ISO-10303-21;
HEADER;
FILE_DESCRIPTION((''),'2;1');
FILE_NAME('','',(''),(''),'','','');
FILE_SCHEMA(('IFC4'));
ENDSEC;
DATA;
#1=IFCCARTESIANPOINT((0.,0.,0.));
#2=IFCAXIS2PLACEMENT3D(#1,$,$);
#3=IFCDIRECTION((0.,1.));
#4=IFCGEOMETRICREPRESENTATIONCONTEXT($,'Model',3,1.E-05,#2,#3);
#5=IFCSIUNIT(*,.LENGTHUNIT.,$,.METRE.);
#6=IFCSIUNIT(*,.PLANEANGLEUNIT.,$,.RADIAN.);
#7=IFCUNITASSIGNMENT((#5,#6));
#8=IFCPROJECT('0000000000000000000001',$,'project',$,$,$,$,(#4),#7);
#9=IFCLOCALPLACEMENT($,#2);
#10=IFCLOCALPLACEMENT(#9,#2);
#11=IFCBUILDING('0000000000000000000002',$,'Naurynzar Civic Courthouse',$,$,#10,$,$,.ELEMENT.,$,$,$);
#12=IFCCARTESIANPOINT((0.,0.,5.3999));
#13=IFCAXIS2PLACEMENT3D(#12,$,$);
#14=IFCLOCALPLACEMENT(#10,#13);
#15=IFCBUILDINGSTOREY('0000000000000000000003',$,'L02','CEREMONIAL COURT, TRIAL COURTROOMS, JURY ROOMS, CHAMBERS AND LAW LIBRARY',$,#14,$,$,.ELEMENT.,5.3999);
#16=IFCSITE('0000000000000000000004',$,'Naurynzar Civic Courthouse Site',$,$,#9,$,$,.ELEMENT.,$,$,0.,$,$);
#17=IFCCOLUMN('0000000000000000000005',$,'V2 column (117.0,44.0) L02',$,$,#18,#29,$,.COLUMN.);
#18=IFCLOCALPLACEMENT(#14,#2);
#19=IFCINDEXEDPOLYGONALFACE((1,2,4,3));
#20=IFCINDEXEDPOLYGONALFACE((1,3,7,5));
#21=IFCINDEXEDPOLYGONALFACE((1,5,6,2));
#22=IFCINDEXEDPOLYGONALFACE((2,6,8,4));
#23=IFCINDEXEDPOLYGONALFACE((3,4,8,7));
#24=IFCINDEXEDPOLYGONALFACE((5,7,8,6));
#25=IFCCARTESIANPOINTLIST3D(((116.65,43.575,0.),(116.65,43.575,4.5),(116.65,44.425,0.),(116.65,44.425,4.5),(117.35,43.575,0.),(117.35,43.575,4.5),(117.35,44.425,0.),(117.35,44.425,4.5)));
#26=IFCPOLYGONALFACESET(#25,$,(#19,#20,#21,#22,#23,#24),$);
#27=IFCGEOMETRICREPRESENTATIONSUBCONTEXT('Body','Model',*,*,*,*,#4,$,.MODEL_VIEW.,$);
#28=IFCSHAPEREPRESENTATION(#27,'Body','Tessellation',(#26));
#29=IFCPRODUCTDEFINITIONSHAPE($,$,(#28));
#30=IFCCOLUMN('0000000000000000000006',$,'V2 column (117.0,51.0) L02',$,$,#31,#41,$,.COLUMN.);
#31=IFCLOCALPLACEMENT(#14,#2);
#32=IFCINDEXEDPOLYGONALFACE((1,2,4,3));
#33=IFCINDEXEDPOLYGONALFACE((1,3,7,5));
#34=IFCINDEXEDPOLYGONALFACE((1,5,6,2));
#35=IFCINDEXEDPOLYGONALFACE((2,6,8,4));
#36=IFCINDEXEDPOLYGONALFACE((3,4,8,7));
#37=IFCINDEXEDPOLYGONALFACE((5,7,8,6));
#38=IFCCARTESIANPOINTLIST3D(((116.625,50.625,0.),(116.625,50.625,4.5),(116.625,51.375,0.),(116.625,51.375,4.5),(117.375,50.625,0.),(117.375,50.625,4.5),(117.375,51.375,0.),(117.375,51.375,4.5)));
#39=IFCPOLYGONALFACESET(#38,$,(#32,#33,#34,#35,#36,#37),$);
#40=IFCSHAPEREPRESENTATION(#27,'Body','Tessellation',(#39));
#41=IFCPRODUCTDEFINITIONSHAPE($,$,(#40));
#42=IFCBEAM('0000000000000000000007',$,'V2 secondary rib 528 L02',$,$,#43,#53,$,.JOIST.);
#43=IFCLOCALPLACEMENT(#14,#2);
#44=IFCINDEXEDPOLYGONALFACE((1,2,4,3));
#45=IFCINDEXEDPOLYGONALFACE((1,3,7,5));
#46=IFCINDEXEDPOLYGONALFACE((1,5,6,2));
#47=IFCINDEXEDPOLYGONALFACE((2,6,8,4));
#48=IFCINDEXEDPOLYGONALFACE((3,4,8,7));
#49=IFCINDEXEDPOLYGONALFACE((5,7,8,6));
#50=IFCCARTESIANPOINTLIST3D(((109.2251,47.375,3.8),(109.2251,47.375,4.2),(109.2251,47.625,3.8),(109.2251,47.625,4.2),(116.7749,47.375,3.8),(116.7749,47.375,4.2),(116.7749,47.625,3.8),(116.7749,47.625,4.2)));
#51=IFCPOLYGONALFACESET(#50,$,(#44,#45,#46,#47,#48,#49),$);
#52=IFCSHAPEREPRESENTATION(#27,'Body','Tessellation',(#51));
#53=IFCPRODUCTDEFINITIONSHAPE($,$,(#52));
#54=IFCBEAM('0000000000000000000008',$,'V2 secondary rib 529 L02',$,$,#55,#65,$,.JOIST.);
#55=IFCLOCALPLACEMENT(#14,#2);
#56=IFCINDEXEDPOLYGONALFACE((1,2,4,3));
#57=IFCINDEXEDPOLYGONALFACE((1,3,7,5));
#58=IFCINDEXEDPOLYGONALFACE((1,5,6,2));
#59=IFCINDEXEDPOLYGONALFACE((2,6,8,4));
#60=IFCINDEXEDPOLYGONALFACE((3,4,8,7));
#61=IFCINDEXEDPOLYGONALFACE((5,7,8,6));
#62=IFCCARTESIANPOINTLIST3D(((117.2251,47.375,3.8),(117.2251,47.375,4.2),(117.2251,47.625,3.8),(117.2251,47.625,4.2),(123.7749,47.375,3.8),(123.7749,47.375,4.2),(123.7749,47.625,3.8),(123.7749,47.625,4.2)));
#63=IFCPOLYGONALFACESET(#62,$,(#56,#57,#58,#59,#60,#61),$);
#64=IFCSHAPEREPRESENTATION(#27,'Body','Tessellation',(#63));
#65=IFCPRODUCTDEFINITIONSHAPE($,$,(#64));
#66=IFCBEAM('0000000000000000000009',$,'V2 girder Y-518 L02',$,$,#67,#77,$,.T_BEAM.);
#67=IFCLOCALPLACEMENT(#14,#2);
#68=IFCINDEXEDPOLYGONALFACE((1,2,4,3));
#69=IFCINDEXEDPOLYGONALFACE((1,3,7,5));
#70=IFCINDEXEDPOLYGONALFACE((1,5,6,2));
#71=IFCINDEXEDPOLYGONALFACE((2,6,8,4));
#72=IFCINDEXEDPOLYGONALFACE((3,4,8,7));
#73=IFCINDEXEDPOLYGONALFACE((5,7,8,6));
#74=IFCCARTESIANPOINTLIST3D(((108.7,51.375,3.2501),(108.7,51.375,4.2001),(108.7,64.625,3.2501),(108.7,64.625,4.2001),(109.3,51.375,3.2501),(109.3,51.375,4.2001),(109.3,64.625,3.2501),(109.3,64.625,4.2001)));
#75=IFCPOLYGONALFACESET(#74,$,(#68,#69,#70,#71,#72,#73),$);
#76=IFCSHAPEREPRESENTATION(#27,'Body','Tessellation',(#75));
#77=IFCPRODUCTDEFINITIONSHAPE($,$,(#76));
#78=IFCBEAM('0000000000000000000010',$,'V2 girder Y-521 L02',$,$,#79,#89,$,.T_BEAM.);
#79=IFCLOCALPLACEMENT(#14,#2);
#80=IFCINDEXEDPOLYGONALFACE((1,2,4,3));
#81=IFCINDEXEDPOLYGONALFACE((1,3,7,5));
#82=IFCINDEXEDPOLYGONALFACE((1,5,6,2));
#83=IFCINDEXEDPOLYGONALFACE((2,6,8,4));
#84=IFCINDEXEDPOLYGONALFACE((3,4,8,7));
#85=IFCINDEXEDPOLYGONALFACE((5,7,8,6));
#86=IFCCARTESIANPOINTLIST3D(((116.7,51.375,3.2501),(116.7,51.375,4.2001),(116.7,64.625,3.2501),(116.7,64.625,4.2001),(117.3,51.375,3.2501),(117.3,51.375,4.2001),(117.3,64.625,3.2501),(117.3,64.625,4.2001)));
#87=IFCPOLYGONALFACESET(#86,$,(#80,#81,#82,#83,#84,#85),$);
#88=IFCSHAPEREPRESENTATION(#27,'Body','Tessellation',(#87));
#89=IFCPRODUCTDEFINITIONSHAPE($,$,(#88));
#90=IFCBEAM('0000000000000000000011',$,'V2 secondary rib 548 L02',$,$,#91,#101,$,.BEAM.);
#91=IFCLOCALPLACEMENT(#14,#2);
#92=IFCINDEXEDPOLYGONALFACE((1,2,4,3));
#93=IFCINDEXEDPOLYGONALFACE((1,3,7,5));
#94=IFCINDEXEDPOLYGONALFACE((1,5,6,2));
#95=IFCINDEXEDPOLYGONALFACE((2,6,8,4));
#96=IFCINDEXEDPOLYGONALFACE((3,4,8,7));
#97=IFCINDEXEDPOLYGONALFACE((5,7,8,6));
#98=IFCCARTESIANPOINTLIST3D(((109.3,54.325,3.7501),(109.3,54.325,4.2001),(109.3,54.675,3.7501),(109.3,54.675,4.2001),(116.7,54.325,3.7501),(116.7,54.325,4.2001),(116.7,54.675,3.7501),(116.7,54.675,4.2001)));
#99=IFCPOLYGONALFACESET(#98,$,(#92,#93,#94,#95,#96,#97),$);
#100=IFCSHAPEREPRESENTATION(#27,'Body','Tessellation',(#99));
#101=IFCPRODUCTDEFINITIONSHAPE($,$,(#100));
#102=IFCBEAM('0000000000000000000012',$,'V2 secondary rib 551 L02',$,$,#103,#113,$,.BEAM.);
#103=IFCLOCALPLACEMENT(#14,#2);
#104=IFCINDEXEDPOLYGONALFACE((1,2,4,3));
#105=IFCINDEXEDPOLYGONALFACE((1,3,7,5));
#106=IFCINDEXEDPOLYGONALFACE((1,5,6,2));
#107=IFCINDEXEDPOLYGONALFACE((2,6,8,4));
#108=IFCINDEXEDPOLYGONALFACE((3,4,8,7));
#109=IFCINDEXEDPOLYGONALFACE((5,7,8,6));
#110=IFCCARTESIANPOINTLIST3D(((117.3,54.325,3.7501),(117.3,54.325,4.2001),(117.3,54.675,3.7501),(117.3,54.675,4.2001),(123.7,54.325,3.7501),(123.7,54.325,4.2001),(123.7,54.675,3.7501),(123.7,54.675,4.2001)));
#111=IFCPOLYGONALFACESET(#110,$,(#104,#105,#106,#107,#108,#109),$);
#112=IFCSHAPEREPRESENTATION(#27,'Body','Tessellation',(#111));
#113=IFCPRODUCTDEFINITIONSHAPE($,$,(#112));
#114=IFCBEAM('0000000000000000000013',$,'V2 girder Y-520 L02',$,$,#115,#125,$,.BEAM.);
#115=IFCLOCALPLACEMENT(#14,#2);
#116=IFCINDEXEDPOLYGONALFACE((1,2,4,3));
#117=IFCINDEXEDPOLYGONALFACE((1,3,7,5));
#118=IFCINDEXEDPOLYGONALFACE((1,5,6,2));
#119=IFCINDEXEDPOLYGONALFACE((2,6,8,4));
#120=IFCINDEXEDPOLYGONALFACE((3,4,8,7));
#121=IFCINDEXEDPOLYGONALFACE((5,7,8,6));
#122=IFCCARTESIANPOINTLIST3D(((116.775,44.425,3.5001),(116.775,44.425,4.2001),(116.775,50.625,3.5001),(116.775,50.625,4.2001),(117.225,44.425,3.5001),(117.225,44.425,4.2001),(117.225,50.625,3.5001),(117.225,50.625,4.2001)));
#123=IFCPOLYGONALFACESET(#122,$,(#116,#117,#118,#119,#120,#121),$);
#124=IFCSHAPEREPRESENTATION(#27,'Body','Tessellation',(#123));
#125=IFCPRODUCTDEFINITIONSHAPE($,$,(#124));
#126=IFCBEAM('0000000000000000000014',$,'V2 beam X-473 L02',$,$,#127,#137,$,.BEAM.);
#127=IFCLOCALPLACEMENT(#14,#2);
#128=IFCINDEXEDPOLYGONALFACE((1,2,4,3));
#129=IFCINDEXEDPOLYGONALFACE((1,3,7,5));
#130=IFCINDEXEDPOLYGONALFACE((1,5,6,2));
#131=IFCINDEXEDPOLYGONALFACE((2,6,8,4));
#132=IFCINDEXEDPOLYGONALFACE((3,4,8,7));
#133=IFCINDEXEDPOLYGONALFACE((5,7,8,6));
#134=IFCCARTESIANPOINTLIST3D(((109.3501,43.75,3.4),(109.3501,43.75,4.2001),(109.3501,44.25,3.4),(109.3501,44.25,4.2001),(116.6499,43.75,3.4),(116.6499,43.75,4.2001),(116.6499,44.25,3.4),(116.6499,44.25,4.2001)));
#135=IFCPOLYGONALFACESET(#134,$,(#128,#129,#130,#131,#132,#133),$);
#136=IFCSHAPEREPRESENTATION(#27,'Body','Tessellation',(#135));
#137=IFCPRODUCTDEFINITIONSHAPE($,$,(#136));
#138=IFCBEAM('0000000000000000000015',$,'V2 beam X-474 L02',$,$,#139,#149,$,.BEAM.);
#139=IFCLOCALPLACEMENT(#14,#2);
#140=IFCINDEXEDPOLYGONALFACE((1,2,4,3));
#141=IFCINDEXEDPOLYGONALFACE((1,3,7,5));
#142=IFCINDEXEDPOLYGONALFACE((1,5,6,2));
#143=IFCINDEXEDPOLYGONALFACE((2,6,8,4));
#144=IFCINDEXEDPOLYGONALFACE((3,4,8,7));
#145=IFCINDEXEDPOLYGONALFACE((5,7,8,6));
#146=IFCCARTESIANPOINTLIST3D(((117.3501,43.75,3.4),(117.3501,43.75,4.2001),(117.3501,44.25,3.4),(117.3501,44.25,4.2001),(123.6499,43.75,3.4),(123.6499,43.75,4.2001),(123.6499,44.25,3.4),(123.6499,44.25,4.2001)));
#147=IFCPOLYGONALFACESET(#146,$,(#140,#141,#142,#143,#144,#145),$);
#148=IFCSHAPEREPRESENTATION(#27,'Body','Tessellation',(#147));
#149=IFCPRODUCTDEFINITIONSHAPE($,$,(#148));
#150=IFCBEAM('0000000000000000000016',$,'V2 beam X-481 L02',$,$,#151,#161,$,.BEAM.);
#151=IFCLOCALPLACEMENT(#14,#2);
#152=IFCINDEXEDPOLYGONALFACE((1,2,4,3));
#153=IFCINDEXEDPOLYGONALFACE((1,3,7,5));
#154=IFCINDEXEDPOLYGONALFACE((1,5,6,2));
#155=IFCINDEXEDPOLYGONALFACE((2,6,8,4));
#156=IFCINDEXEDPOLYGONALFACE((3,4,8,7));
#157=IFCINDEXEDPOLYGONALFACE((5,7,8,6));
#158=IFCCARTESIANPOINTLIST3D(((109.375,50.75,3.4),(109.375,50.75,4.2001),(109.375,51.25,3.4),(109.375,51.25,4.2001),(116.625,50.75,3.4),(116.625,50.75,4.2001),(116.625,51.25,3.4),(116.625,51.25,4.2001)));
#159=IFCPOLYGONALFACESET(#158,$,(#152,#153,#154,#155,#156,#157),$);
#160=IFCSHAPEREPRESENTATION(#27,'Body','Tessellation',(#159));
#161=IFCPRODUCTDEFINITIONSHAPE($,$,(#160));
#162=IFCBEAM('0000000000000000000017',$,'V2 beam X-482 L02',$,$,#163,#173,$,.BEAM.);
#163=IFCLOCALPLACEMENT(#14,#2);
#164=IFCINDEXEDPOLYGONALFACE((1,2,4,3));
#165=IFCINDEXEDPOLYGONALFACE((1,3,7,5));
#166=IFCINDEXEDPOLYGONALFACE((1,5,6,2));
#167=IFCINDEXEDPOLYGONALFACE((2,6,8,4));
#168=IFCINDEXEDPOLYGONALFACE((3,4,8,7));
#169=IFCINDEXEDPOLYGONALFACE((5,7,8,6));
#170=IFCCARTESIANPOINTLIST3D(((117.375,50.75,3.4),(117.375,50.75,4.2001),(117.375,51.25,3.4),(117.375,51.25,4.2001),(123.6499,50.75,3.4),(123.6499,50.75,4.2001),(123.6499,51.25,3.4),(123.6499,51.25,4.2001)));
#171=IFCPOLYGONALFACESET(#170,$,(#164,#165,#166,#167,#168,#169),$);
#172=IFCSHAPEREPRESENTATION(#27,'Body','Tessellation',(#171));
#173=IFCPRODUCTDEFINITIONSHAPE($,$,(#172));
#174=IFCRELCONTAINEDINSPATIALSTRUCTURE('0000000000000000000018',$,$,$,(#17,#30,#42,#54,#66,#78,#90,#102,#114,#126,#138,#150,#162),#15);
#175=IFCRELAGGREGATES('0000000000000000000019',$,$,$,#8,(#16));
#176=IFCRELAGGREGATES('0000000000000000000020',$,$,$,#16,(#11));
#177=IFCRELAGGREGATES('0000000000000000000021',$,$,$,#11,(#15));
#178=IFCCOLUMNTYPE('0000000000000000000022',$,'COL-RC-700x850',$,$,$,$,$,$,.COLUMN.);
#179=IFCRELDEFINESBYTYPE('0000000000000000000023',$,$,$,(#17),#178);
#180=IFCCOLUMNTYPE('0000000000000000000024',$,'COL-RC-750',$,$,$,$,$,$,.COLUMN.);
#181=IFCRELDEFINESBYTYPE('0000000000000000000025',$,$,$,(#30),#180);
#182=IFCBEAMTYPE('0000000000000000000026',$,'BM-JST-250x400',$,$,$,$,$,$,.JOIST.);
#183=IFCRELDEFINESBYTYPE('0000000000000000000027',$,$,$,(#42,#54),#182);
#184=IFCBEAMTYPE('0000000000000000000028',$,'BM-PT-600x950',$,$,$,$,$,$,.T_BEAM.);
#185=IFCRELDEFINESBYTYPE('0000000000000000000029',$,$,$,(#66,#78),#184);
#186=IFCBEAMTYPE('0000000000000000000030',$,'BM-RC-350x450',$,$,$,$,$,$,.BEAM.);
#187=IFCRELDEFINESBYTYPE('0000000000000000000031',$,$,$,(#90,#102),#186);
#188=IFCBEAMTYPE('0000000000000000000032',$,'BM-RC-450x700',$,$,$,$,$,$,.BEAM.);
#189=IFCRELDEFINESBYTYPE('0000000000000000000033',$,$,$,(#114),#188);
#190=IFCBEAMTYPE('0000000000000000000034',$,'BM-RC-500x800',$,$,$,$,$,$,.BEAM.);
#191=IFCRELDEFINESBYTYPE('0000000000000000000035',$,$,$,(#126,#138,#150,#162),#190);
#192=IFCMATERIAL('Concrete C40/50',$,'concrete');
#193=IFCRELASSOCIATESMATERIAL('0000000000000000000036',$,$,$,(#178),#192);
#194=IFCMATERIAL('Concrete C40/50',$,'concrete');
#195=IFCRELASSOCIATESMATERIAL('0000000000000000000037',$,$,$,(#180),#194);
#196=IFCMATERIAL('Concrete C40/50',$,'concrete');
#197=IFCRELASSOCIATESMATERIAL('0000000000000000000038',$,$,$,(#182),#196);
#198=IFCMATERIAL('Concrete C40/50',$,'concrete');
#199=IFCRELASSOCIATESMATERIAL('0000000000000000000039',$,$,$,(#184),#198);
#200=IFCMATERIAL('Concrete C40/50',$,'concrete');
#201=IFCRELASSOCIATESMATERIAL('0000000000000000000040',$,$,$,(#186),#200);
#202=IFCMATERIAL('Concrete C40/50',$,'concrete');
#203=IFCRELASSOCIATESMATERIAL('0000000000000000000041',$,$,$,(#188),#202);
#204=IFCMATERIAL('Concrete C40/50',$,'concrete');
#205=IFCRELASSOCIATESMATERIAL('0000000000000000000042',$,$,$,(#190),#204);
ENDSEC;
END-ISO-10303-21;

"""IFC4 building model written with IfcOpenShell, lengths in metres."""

from ifc_helpers import new_model, si_unit, direction, frame, origin, origin_2d, place, context, subcontext, project, spatial, rectangle, extrude, material, material_profile, profile_set, type_object, element, save


model = new_model("IFC4")

# Units and contexts
model_context = context("Model", 3, precision=1e-05, world=origin(), true_north=direction((0.0, 1.0)))
body_context = subcontext(model_context, "Body", "Model", "MODEL_VIEW")
ifc_project = project(units=[si_unit("LENGTHUNIT", "METRE"), si_unit("PLANEANGLEUNIT", "RADIAN")], contexts=[model_context])

# Site, building, storey
site_placement = place(None, origin())
site = spatial("IfcSite", under=ifc_project, at=site_placement, Name="Naurynzar Civic Courthouse Site", CompositionType="ELEMENT", RefElevation=0.0)
building_placement = place(site_placement, origin())
building = spatial("IfcBuilding", under=site, at=building_placement, Name="Naurynzar Civic Courthouse", CompositionType="ELEMENT")
storey_placement = place(building_placement, frame((0.0, 0.0, 5.3999)))
storey = spatial("IfcBuildingStorey", under=building, at=storey_placement, Name="L02", Description="CEREMONIAL COURT, TRIAL COURTROOMS, JURY ROOMS, CHAMBERS AND LAW LIBRARY", CompositionType="ELEMENT", Elevation=5.3999)

# Columns
ifc_material_1 = material(Name="Concrete C40/50", Category="concrete")
ifc_material_profile_1 = material_profile(ifc_material_1, rectangle(XDim=0.7, YDim=0.8501, at=origin_2d()), Name="RC 700x850")
ifc_profile_set_1 = profile_set([ifc_material_profile_1], Name="Concrete C40/50")
column_type_1 = type_object("IfcColumnType", Name="COL-RC-700x850", PredefinedType="COLUMN", material=ifc_profile_set_1)
column_1_placement = place(storey_placement, frame((117.0, 44.0, 0.0), z_axis=(0.0, 0.0, 1.0), x_axis=(1.0, 0.0, 0.0)))
element("IfcColumn", 1, at=column_1_placement, inside=storey, type_object=column_type_1, Name="V2 column (117.0,44.0) L02", PredefinedType="COLUMN", context=body_context, shape_type="SweptSolid", body=[
    extrude(rectangle(XDim=0.7, YDim=0.8501, at=origin_2d()), origin(), (0.0, 0.0, 1.0), 4.5),
])
ifc_material_2 = material(Name="Concrete C40/50", Category="concrete")
ifc_material_profile_2 = material_profile(ifc_material_2, rectangle(XDim=0.75, YDim=0.75, at=origin_2d()), Name="RC 750x750")
ifc_profile_set_2 = profile_set([ifc_material_profile_2], Name="Concrete C40/50")
column_type_2 = type_object("IfcColumnType", Name="COL-RC-750", PredefinedType="COLUMN", material=ifc_profile_set_2)
column_2_placement = place(storey_placement, frame((117.0, 51.0, 0.0), z_axis=(0.0, 0.0, 1.0), x_axis=(1.0, 0.0, 0.0)))
element("IfcColumn", 2, at=column_2_placement, inside=storey, type_object=column_type_2, Name="V2 column (117.0,51.0) L02", PredefinedType="COLUMN", context=body_context, shape_type="SweptSolid", body=[
    extrude(rectangle(XDim=0.75, YDim=0.75, at=origin_2d()), origin(), (0.0, 0.0, 1.0), 4.5),
])

# Beams
ifc_material_3 = material(Name="Concrete C40/50", Category="concrete")
ifc_material_profile_3 = material_profile(ifc_material_3, rectangle(XDim=0.25, YDim=0.3999, at=origin_2d()), Name="RCB 250x400")
ifc_profile_set_3 = profile_set([ifc_material_profile_3], Name="Concrete C40/50")
beam_type_1 = type_object("IfcBeamType", Name="BM-JST-250x400", PredefinedType="JOIST", material=ifc_profile_set_3)
beam_1_placement = place(storey_placement, frame((109.2251, 47.5, 4.0), z_axis=(1.0, 0.0, 0.0), x_axis=(0.0, 1.0, 0.0)))
element("IfcBeam", 3, at=beam_1_placement, inside=storey, type_object=beam_type_1, Name="V2 secondary rib 528 L02", PredefinedType="JOIST", context=body_context, shape_type="SweptSolid", body=[
    extrude(rectangle(XDim=0.25, YDim=0.3999, at=origin_2d()), origin(), (0.0, 0.0, 1.0), 7.5498),
])
beam_2_placement = place(storey_placement, frame((117.2251, 47.5, 4.0), z_axis=(1.0, 0.0, 0.0), x_axis=(0.0, 1.0, 0.0)))
element("IfcBeam", 4, at=beam_2_placement, inside=storey, type_object=beam_type_1, Name="V2 secondary rib 529 L02", PredefinedType="JOIST", context=body_context, shape_type="SweptSolid", body=[
    extrude(rectangle(XDim=0.25, YDim=0.3999, at=origin_2d()), origin(), (0.0, 0.0, 1.0), 6.5498),
])
ifc_material_4 = material(Name="Concrete C40/50", Category="concrete")
ifc_material_profile_4 = material_profile(ifc_material_4, rectangle(XDim=0.6001, YDim=0.95, at=origin_2d()), Name="PTB 600x950")
ifc_profile_set_4 = profile_set([ifc_material_profile_4], Name="Concrete C40/50")
beam_type_2 = type_object("IfcBeamType", Name="BM-PT-600x950", PredefinedType="T_BEAM", material=ifc_profile_set_4)
for number, where, z_axis, x_axis, name in (
    (5, (109.0, 51.375, 3.7251), (0.0, 1.0, 0.0), (-1.0, 0.0, 0.0), "V2 girder Y-518 L02"),
    (6, (117.0, 51.375, 3.7251), (0.0, 1.0, 0.0), (-1.0, 0.0, 0.0), "V2 girder Y-521 L02"),
):
    element("IfcBeam", number, at=place(storey_placement, frame(where, z_axis=z_axis, x_axis=x_axis)), inside=storey, type_object=beam_type_2, Name=name, PredefinedType="T_BEAM", context=body_context, shape_type="SweptSolid", body=[
        extrude(rectangle(XDim=0.6001, YDim=0.95, at=origin_2d()), origin(), (0.0, 0.0, 1.0), 13.25),
    ])
ifc_material_5 = material(Name="Concrete C40/50", Category="concrete")
ifc_material_profile_5 = material_profile(ifc_material_5, rectangle(XDim=0.3501, YDim=0.45, at=origin_2d()), Name="RCB 350x450")
ifc_profile_set_5 = profile_set([ifc_material_profile_5], Name="Concrete C40/50")
beam_type_3 = type_object("IfcBeamType", Name="BM-RC-350x450", PredefinedType="BEAM", material=ifc_profile_set_5)
beam_3_placement = place(storey_placement, frame((109.3, 54.5, 3.9751), z_axis=(1.0, 0.0, 0.0), x_axis=(0.0, 1.0, 0.0)))
element("IfcBeam", 7, at=beam_3_placement, inside=storey, type_object=beam_type_3, Name="V2 secondary rib 548 L02", PredefinedType="BEAM", context=body_context, shape_type="SweptSolid", body=[
    extrude(rectangle(XDim=0.3501, YDim=0.45, at=origin_2d()), origin(), (0.0, 0.0, 1.0), 7.3999),
])
beam_4_placement = place(storey_placement, frame((117.3, 54.5, 3.9751), z_axis=(1.0, 0.0, 0.0), x_axis=(0.0, 1.0, 0.0)))
element("IfcBeam", 8, at=beam_4_placement, inside=storey, type_object=beam_type_3, Name="V2 secondary rib 551 L02", PredefinedType="BEAM", context=body_context, shape_type="SweptSolid", body=[
    extrude(rectangle(XDim=0.3501, YDim=0.45, at=origin_2d()), origin(), (0.0, 0.0, 1.0), 6.3999),
])
ifc_material_6 = material(Name="Concrete C40/50", Category="concrete")
ifc_material_profile_6 = material_profile(ifc_material_6, rectangle(XDim=0.45, YDim=0.7, at=origin_2d()), Name="RCB 450x700")
ifc_profile_set_6 = profile_set([ifc_material_profile_6], Name="Concrete C40/50")
beam_type_4 = type_object("IfcBeamType", Name="BM-RC-450x700", PredefinedType="BEAM", material=ifc_profile_set_6)
beam_5_placement = place(storey_placement, frame((117.0, 44.425, 3.8501), z_axis=(0.0, 1.0, 0.0), x_axis=(-1.0, 0.0, 0.0)))
element("IfcBeam", 9, at=beam_5_placement, inside=storey, type_object=beam_type_4, Name="V2 girder Y-520 L02", PredefinedType="BEAM", context=body_context, shape_type="SweptSolid", body=[
    extrude(rectangle(XDim=0.45, YDim=0.7, at=origin_2d()), origin(), (0.0, 0.0, 1.0), 6.2),
])
ifc_material_7 = material(Name="Concrete C40/50", Category="concrete")
ifc_material_profile_7 = material_profile(ifc_material_7, rectangle(XDim=0.5, YDim=0.8, at=origin_2d()), Name="RCB 500x800")
ifc_profile_set_7 = profile_set([ifc_material_profile_7], Name="Concrete C40/50")
beam_type_5 = type_object("IfcBeamType", Name="BM-RC-500x800", PredefinedType="BEAM", material=ifc_profile_set_7)
beam_6_placement = place(storey_placement, frame((109.3501, 44.0, 3.8), z_axis=(1.0, 0.0, 0.0), x_axis=(0.0, 1.0, 0.0)))
element("IfcBeam", 10, at=beam_6_placement, inside=storey, type_object=beam_type_5, Name="V2 beam X-473 L02", PredefinedType="BEAM", context=body_context, shape_type="SweptSolid", body=[
    extrude(rectangle(XDim=0.5, YDim=0.8, at=origin_2d()), origin(), (0.0, 0.0, 1.0), 7.2998),
])
beam_7_placement = place(storey_placement, frame((117.3501, 44.0, 3.8), z_axis=(1.0, 0.0, 0.0), x_axis=(0.0, 1.0, 0.0)))
element("IfcBeam", 11, at=beam_7_placement, inside=storey, type_object=beam_type_5, Name="V2 beam X-474 L02", PredefinedType="BEAM", context=body_context, shape_type="SweptSolid", body=[
    extrude(rectangle(XDim=0.5, YDim=0.8, at=origin_2d()), origin(), (0.0, 0.0, 1.0), 6.2998),
])
beam_8_placement = place(storey_placement, frame((109.375, 51.0, 3.8), z_axis=(1.0, 0.0, 0.0), x_axis=(0.0, 1.0, 0.0)))
element("IfcBeam", 12, at=beam_8_placement, inside=storey, type_object=beam_type_5, Name="V2 beam X-481 L02", PredefinedType="BEAM", context=body_context, shape_type="SweptSolid", body=[
    extrude(rectangle(XDim=0.5, YDim=0.8, at=origin_2d()), origin(), (0.0, 0.0, 1.0), 7.25),
])
beam_9_placement = place(storey_placement, frame((117.375, 51.0, 3.8), z_axis=(1.0, 0.0, 0.0), x_axis=(0.0, 1.0, 0.0)))
element("IfcBeam", 13, at=beam_9_placement, inside=storey, type_object=beam_type_5, Name="V2 beam X-482 L02", PredefinedType="BEAM", context=body_context, shape_type="SweptSolid", body=[
    extrude(rectangle(XDim=0.5, YDim=0.8, at=origin_2d()), origin(), (0.0, 0.0, 1.0), 6.2749),
])

save(model, "model.ifc")
